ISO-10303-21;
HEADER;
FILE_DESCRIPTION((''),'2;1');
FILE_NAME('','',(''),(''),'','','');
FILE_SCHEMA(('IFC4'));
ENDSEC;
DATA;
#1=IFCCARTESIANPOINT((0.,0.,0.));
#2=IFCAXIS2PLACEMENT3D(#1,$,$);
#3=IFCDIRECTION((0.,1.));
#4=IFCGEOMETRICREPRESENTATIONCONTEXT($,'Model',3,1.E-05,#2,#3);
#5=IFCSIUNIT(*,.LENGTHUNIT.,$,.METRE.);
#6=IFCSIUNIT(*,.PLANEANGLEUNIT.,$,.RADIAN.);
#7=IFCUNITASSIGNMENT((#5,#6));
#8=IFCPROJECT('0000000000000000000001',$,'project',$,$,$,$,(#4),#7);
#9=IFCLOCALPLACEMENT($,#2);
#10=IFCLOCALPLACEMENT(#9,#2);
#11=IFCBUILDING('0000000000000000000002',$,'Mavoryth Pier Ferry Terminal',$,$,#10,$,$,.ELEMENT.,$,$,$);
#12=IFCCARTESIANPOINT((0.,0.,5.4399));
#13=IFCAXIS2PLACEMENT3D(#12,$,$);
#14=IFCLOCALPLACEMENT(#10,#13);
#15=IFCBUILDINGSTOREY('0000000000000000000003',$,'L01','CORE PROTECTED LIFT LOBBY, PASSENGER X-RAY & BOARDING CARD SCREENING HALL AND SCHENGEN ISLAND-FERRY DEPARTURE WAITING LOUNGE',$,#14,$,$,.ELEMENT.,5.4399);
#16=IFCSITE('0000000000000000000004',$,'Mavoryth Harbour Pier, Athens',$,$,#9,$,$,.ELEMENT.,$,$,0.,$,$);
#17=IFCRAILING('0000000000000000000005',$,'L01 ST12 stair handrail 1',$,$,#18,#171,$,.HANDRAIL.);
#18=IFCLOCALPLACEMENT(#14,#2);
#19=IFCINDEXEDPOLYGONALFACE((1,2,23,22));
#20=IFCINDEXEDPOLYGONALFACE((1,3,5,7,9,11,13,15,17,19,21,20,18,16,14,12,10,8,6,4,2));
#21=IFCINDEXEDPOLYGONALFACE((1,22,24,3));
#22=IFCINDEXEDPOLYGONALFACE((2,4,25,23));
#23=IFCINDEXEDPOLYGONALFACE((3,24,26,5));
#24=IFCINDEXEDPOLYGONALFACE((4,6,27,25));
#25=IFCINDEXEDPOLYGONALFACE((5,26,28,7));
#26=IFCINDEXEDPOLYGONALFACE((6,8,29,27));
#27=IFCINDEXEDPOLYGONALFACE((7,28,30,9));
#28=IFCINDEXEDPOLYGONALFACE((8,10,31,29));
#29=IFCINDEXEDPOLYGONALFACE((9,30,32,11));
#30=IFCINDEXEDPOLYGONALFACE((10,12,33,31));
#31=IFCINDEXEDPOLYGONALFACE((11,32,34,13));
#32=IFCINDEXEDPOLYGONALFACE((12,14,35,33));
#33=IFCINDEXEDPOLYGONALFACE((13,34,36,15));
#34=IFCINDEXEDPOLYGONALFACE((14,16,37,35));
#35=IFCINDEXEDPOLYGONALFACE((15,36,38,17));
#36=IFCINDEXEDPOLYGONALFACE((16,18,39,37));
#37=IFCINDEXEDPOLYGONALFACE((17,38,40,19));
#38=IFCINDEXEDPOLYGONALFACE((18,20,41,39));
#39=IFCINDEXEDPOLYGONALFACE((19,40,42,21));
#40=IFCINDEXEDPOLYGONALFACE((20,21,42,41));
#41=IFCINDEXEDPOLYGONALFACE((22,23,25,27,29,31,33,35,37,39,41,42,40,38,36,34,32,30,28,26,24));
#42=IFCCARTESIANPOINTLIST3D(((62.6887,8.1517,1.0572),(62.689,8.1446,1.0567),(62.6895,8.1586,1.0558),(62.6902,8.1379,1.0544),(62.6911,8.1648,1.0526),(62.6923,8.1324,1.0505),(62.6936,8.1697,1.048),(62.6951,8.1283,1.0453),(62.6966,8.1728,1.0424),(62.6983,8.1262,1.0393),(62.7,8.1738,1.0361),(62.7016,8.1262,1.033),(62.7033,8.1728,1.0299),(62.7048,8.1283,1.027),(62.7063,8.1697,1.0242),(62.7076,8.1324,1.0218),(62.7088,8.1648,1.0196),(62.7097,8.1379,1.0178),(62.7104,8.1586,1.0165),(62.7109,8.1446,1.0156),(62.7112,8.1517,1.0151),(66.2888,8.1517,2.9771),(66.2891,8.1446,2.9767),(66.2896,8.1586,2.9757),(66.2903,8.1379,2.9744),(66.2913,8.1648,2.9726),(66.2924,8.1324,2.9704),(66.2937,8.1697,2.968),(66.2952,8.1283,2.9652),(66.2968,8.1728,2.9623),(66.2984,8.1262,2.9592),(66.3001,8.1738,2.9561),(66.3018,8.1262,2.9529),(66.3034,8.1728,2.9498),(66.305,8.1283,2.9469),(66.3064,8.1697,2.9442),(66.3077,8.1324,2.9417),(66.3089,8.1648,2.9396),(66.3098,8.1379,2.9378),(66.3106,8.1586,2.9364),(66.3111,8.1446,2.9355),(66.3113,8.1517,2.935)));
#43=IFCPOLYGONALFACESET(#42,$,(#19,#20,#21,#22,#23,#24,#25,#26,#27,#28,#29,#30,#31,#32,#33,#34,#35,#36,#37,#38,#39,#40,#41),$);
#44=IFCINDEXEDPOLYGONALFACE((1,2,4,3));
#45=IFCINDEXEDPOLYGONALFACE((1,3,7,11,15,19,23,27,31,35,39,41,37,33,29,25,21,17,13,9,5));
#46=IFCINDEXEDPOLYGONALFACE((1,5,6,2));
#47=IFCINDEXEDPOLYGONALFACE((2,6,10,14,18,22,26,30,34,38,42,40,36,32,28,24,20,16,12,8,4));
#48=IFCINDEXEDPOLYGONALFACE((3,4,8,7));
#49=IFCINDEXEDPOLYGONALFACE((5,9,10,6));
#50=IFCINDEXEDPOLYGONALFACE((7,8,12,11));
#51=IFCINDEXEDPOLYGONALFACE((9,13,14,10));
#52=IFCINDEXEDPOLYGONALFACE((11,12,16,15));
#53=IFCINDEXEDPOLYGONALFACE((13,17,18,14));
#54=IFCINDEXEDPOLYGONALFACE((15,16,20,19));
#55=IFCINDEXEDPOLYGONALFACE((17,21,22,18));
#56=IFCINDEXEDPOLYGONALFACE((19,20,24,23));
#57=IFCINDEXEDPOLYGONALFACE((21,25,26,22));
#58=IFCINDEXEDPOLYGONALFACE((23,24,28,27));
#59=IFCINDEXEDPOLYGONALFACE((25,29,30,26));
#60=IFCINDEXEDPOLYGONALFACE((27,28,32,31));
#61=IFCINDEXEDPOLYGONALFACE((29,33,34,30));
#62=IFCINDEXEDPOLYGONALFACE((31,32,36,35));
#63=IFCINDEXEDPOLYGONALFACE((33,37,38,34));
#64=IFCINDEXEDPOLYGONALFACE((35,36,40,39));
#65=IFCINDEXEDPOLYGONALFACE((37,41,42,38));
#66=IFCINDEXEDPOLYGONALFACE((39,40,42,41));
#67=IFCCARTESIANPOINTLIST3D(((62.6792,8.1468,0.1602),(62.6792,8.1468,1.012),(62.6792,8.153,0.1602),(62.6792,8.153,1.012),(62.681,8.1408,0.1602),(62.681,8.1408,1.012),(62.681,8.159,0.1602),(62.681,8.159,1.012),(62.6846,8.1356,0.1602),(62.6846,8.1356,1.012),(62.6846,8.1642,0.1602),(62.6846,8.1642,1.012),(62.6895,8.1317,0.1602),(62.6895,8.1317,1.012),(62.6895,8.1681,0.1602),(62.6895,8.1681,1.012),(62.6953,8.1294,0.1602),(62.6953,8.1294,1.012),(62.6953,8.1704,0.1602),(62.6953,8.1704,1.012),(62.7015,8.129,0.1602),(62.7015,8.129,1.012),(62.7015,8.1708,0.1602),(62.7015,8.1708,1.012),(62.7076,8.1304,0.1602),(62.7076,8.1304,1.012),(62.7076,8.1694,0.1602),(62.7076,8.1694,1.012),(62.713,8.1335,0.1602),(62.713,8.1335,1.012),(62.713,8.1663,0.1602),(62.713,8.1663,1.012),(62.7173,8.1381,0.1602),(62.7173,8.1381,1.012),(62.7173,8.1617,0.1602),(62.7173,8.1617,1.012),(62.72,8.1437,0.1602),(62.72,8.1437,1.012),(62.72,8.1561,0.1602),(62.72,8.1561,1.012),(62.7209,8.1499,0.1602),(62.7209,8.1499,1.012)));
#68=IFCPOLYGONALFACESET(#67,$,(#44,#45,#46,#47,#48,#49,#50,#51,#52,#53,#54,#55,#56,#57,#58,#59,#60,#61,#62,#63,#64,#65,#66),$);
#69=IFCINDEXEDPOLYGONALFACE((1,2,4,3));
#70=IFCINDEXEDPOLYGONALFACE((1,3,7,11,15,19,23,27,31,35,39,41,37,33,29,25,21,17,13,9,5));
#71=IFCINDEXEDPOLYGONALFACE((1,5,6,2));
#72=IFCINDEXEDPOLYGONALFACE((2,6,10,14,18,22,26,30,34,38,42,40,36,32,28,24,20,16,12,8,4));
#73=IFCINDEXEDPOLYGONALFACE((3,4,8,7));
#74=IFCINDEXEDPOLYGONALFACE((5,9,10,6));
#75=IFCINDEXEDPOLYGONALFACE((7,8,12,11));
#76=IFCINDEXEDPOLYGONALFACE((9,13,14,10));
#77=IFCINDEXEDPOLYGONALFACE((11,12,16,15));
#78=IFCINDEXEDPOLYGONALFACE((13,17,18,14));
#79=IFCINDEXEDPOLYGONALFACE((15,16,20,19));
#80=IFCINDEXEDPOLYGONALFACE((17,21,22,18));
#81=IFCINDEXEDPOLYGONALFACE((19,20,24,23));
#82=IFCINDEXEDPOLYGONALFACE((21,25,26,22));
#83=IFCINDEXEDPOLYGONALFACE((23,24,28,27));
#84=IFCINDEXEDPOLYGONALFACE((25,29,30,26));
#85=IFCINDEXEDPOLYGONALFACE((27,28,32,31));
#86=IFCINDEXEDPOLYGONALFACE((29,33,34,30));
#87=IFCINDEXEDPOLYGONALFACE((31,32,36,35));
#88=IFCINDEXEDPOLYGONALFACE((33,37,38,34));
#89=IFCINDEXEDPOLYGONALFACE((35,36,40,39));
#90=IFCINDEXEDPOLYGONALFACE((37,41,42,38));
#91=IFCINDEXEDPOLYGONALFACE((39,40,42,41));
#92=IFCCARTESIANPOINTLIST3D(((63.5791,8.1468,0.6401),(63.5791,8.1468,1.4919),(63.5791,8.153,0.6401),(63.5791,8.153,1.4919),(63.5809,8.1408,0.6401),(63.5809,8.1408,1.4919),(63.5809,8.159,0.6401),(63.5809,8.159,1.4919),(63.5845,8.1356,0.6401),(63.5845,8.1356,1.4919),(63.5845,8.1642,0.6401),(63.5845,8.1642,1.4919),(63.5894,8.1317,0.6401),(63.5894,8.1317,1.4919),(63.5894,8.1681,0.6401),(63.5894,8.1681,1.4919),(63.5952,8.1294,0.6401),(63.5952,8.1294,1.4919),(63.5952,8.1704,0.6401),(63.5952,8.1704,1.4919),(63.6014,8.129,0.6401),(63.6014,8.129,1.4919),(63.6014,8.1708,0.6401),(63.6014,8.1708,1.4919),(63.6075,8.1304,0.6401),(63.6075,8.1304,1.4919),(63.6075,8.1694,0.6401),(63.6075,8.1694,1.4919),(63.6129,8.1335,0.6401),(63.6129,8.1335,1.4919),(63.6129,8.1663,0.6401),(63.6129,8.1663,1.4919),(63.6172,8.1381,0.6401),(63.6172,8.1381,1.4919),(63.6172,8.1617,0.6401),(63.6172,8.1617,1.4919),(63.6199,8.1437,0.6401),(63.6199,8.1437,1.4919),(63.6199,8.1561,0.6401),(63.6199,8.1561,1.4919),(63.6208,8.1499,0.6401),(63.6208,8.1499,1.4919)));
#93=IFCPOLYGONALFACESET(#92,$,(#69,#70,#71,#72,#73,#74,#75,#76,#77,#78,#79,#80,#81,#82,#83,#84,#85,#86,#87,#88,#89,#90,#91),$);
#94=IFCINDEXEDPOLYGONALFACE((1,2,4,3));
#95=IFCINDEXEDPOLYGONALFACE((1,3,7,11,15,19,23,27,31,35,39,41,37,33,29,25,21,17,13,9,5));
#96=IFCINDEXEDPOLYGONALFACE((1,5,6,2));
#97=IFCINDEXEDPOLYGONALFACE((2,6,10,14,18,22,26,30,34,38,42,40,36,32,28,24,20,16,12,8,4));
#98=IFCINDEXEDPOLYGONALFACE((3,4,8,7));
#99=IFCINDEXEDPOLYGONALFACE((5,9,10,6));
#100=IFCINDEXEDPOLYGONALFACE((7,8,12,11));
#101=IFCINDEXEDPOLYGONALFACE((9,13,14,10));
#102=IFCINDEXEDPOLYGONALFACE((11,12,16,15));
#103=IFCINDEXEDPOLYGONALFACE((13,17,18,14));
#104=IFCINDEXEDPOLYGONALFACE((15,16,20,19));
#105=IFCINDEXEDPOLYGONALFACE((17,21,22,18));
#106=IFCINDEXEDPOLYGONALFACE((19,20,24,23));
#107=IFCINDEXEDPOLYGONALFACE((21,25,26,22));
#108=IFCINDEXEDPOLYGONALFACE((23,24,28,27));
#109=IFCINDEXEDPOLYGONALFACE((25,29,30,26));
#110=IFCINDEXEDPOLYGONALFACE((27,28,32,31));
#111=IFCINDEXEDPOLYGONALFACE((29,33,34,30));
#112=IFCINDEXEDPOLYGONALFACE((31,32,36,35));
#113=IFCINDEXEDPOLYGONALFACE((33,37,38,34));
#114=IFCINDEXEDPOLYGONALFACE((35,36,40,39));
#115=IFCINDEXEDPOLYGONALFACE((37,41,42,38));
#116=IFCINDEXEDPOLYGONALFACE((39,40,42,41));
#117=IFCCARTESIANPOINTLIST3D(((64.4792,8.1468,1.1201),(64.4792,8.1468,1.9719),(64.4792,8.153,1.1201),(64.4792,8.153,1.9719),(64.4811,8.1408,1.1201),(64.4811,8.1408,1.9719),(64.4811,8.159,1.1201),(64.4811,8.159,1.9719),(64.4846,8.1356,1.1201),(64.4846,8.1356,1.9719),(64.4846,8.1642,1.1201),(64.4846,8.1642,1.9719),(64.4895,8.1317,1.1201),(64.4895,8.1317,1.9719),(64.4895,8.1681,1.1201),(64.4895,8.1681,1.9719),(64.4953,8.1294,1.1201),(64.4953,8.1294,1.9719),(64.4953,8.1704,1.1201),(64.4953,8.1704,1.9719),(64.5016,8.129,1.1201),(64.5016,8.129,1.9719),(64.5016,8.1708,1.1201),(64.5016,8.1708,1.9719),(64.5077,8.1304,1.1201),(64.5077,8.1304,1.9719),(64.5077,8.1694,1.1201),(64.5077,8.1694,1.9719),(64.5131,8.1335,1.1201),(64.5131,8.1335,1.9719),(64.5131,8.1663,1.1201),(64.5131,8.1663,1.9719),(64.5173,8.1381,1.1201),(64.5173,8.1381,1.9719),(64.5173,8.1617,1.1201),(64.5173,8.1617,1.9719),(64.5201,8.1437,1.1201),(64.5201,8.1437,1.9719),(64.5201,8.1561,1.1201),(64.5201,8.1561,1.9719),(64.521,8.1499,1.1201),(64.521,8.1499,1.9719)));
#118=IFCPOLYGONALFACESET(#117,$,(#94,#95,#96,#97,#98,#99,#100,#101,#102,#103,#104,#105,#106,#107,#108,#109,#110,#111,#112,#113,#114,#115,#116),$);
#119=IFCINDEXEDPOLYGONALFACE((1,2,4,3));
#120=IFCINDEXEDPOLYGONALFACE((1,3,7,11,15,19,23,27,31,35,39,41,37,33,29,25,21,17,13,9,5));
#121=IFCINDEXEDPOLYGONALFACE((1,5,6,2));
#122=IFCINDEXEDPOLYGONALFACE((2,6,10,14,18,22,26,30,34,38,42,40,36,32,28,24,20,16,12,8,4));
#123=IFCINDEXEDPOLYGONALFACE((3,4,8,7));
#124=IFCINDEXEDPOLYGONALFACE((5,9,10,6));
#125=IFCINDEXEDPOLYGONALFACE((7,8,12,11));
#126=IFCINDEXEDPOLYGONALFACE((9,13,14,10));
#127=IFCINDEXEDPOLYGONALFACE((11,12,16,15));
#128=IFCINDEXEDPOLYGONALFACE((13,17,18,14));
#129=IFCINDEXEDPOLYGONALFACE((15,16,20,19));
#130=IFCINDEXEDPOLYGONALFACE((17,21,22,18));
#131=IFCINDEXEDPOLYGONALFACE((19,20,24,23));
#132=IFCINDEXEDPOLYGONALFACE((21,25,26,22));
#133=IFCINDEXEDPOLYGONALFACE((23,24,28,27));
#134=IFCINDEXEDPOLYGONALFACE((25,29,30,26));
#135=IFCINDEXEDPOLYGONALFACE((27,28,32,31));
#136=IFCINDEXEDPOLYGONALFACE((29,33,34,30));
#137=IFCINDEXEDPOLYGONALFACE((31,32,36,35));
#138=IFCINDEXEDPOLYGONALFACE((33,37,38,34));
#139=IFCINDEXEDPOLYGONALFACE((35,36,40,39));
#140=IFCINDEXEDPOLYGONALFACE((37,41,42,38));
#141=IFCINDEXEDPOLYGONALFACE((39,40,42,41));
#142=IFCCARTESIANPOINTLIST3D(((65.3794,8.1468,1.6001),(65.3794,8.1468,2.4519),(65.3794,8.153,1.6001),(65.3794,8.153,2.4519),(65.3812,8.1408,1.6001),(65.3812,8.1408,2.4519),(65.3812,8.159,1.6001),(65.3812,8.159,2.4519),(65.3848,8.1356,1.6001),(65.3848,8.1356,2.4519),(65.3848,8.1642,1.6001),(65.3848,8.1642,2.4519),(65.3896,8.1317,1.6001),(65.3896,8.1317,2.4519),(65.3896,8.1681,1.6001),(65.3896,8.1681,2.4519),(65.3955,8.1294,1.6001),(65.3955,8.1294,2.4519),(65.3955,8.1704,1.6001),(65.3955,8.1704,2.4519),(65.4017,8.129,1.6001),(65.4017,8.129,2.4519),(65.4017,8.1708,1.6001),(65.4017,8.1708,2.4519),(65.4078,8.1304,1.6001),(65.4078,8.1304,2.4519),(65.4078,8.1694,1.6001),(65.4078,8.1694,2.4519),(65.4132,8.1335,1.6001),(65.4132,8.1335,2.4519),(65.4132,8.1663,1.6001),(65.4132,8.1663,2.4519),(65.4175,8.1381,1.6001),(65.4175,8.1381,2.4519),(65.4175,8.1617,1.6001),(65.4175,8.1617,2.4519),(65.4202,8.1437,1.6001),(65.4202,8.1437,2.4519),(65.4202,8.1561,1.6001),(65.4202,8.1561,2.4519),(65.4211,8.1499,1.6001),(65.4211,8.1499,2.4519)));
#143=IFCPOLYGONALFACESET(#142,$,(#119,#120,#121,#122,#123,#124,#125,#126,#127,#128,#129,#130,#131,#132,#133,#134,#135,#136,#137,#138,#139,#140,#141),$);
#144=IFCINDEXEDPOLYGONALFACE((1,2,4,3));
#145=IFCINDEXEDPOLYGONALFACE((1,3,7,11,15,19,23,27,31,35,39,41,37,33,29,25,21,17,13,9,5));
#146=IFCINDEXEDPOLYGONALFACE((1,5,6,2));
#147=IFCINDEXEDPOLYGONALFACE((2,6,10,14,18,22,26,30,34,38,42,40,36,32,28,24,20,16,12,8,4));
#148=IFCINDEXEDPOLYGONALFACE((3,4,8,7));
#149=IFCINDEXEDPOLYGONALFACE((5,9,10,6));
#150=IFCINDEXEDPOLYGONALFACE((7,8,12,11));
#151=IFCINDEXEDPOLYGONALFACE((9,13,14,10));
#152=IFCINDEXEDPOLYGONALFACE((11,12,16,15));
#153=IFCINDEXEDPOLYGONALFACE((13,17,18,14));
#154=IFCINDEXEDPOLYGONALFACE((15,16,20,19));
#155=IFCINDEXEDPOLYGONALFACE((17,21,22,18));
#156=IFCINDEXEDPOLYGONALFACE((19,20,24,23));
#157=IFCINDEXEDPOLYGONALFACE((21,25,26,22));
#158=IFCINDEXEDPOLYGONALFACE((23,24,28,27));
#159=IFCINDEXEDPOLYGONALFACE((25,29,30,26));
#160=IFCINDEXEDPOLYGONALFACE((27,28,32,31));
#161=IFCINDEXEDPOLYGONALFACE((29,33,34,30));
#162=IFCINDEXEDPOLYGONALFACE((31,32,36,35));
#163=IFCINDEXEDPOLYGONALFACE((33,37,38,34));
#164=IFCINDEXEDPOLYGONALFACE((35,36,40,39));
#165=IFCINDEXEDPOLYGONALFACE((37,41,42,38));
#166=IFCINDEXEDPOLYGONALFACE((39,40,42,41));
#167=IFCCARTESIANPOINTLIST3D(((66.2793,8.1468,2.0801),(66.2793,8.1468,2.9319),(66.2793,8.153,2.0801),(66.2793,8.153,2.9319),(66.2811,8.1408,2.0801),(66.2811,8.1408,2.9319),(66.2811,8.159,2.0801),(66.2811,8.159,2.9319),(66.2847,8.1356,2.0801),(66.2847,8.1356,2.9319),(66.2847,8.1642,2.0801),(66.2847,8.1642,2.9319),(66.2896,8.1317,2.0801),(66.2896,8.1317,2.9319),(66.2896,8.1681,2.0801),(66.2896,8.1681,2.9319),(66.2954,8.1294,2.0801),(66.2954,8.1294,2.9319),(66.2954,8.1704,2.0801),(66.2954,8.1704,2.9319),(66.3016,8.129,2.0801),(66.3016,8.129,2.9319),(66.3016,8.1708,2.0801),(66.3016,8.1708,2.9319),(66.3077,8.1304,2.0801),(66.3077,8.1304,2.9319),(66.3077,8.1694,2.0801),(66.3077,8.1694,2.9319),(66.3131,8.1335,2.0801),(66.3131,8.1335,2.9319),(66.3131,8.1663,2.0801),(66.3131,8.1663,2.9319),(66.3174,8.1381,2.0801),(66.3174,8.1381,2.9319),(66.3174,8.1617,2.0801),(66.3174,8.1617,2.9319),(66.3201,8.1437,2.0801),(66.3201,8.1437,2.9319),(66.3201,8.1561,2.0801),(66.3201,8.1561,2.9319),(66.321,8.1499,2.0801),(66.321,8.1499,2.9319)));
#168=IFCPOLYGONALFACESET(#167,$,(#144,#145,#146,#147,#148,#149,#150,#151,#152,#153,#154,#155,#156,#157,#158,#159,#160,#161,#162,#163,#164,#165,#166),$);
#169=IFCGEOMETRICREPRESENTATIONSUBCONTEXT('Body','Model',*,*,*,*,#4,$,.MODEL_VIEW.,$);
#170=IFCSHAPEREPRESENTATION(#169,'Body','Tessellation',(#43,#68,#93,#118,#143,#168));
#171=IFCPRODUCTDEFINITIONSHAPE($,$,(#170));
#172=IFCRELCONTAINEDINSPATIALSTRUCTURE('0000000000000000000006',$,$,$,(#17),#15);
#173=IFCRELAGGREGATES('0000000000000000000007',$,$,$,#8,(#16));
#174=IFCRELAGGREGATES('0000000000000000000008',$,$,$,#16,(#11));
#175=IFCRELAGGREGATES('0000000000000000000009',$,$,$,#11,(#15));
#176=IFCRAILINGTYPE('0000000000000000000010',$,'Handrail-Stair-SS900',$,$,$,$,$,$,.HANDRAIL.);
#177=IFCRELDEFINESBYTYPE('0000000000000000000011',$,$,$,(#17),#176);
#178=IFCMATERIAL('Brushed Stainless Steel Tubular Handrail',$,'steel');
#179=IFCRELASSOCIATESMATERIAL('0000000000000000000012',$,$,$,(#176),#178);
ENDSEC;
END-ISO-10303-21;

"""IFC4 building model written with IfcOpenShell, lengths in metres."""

from ifc_helpers import new_model, si_unit, direction, frame, origin, origin_2d, place, context, subcontext, project, spatial, circle, extrude, material, type_object, element, save


model = new_model("IFC4")

# Units and contexts
model_context = context("Model", 3, precision=1e-05, world=origin(), true_north=direction((0.0, 1.0)))
body_context = subcontext(model_context, "Body", "Model", "MODEL_VIEW")
ifc_project = project(units=[si_unit("LENGTHUNIT", "METRE"), si_unit("PLANEANGLEUNIT", "RADIAN")], contexts=[model_context])

# Site, building, storey
site_placement = place(None, origin())
site = spatial("IfcSite", under=ifc_project, at=site_placement, Name="Mavoryth Harbour Pier, Athens", CompositionType="ELEMENT", RefElevation=0.0)
building_placement = place(site_placement, origin())
building = spatial("IfcBuilding", under=site, at=building_placement, Name="Mavoryth Pier Ferry Terminal", CompositionType="ELEMENT")
storey_placement = place(building_placement, frame((0.0, 0.0, 5.4399)))
storey = spatial("IfcBuildingStorey", under=building, at=storey_placement, Name="L01", Description="CORE PROTECTED LIFT LOBBY, PASSENGER X-RAY & BOARDING CARD SCREENING HALL AND SCHENGEN ISLAND-FERRY DEPARTURE WAITING LOUNGE", CompositionType="ELEMENT", Elevation=5.4399)

# Railing
ifc_material_1 = material(Name="Brushed Stainless Steel Tubular Handrail", Category="steel")
railing_type = type_object("IfcRailingType", Name="Handrail-Stair-SS900", PredefinedType="HANDRAIL", material=ifc_material_1)
railing_placement = place(storey_placement, frame((62.7, 8.1499, 0.1602)))
element("IfcRailing", 1, at=railing_placement, inside=storey, type_object=railing_type, Name="L01 ST12 stair handrail 1", PredefinedType="HANDRAIL", context=body_context, shape_type="SweptSolid", body=[
    extrude(circle(Radius=0.0239, at=origin_2d()), frame((0.0, 0.0, 0.876), z_axis=(0.882366, 0.0, 0.470563), x_axis=(0.0, 1.0, 0.0)), (0.0, 0.0, 1.0), 4.0801),
    extrude(circle(Radius=0.021, at=origin_2d()), origin(), (0.0, 0.0, 1.0), 0.8518),
    extrude(circle(Radius=0.021, at=origin_2d()), frame((0.8999, 0.0, 0.48)), (0.0, 0.0, 1.0), 0.8518),
    extrude(circle(Radius=0.021, at=origin_2d()), frame((1.8, 0.0, 0.96)), (0.0, 0.0, 1.0), 0.8518),
    extrude(circle(Radius=0.021, at=origin_2d()), frame((2.7002, 0.0, 1.4399)), (0.0, 0.0, 1.0), 0.8518),
    extrude(circle(Radius=0.021, at=origin_2d()), frame((3.6001, 0.0, 1.9199)), (0.0, 0.0, 1.0), 0.8518),
])

save(model, "model.ifc")
